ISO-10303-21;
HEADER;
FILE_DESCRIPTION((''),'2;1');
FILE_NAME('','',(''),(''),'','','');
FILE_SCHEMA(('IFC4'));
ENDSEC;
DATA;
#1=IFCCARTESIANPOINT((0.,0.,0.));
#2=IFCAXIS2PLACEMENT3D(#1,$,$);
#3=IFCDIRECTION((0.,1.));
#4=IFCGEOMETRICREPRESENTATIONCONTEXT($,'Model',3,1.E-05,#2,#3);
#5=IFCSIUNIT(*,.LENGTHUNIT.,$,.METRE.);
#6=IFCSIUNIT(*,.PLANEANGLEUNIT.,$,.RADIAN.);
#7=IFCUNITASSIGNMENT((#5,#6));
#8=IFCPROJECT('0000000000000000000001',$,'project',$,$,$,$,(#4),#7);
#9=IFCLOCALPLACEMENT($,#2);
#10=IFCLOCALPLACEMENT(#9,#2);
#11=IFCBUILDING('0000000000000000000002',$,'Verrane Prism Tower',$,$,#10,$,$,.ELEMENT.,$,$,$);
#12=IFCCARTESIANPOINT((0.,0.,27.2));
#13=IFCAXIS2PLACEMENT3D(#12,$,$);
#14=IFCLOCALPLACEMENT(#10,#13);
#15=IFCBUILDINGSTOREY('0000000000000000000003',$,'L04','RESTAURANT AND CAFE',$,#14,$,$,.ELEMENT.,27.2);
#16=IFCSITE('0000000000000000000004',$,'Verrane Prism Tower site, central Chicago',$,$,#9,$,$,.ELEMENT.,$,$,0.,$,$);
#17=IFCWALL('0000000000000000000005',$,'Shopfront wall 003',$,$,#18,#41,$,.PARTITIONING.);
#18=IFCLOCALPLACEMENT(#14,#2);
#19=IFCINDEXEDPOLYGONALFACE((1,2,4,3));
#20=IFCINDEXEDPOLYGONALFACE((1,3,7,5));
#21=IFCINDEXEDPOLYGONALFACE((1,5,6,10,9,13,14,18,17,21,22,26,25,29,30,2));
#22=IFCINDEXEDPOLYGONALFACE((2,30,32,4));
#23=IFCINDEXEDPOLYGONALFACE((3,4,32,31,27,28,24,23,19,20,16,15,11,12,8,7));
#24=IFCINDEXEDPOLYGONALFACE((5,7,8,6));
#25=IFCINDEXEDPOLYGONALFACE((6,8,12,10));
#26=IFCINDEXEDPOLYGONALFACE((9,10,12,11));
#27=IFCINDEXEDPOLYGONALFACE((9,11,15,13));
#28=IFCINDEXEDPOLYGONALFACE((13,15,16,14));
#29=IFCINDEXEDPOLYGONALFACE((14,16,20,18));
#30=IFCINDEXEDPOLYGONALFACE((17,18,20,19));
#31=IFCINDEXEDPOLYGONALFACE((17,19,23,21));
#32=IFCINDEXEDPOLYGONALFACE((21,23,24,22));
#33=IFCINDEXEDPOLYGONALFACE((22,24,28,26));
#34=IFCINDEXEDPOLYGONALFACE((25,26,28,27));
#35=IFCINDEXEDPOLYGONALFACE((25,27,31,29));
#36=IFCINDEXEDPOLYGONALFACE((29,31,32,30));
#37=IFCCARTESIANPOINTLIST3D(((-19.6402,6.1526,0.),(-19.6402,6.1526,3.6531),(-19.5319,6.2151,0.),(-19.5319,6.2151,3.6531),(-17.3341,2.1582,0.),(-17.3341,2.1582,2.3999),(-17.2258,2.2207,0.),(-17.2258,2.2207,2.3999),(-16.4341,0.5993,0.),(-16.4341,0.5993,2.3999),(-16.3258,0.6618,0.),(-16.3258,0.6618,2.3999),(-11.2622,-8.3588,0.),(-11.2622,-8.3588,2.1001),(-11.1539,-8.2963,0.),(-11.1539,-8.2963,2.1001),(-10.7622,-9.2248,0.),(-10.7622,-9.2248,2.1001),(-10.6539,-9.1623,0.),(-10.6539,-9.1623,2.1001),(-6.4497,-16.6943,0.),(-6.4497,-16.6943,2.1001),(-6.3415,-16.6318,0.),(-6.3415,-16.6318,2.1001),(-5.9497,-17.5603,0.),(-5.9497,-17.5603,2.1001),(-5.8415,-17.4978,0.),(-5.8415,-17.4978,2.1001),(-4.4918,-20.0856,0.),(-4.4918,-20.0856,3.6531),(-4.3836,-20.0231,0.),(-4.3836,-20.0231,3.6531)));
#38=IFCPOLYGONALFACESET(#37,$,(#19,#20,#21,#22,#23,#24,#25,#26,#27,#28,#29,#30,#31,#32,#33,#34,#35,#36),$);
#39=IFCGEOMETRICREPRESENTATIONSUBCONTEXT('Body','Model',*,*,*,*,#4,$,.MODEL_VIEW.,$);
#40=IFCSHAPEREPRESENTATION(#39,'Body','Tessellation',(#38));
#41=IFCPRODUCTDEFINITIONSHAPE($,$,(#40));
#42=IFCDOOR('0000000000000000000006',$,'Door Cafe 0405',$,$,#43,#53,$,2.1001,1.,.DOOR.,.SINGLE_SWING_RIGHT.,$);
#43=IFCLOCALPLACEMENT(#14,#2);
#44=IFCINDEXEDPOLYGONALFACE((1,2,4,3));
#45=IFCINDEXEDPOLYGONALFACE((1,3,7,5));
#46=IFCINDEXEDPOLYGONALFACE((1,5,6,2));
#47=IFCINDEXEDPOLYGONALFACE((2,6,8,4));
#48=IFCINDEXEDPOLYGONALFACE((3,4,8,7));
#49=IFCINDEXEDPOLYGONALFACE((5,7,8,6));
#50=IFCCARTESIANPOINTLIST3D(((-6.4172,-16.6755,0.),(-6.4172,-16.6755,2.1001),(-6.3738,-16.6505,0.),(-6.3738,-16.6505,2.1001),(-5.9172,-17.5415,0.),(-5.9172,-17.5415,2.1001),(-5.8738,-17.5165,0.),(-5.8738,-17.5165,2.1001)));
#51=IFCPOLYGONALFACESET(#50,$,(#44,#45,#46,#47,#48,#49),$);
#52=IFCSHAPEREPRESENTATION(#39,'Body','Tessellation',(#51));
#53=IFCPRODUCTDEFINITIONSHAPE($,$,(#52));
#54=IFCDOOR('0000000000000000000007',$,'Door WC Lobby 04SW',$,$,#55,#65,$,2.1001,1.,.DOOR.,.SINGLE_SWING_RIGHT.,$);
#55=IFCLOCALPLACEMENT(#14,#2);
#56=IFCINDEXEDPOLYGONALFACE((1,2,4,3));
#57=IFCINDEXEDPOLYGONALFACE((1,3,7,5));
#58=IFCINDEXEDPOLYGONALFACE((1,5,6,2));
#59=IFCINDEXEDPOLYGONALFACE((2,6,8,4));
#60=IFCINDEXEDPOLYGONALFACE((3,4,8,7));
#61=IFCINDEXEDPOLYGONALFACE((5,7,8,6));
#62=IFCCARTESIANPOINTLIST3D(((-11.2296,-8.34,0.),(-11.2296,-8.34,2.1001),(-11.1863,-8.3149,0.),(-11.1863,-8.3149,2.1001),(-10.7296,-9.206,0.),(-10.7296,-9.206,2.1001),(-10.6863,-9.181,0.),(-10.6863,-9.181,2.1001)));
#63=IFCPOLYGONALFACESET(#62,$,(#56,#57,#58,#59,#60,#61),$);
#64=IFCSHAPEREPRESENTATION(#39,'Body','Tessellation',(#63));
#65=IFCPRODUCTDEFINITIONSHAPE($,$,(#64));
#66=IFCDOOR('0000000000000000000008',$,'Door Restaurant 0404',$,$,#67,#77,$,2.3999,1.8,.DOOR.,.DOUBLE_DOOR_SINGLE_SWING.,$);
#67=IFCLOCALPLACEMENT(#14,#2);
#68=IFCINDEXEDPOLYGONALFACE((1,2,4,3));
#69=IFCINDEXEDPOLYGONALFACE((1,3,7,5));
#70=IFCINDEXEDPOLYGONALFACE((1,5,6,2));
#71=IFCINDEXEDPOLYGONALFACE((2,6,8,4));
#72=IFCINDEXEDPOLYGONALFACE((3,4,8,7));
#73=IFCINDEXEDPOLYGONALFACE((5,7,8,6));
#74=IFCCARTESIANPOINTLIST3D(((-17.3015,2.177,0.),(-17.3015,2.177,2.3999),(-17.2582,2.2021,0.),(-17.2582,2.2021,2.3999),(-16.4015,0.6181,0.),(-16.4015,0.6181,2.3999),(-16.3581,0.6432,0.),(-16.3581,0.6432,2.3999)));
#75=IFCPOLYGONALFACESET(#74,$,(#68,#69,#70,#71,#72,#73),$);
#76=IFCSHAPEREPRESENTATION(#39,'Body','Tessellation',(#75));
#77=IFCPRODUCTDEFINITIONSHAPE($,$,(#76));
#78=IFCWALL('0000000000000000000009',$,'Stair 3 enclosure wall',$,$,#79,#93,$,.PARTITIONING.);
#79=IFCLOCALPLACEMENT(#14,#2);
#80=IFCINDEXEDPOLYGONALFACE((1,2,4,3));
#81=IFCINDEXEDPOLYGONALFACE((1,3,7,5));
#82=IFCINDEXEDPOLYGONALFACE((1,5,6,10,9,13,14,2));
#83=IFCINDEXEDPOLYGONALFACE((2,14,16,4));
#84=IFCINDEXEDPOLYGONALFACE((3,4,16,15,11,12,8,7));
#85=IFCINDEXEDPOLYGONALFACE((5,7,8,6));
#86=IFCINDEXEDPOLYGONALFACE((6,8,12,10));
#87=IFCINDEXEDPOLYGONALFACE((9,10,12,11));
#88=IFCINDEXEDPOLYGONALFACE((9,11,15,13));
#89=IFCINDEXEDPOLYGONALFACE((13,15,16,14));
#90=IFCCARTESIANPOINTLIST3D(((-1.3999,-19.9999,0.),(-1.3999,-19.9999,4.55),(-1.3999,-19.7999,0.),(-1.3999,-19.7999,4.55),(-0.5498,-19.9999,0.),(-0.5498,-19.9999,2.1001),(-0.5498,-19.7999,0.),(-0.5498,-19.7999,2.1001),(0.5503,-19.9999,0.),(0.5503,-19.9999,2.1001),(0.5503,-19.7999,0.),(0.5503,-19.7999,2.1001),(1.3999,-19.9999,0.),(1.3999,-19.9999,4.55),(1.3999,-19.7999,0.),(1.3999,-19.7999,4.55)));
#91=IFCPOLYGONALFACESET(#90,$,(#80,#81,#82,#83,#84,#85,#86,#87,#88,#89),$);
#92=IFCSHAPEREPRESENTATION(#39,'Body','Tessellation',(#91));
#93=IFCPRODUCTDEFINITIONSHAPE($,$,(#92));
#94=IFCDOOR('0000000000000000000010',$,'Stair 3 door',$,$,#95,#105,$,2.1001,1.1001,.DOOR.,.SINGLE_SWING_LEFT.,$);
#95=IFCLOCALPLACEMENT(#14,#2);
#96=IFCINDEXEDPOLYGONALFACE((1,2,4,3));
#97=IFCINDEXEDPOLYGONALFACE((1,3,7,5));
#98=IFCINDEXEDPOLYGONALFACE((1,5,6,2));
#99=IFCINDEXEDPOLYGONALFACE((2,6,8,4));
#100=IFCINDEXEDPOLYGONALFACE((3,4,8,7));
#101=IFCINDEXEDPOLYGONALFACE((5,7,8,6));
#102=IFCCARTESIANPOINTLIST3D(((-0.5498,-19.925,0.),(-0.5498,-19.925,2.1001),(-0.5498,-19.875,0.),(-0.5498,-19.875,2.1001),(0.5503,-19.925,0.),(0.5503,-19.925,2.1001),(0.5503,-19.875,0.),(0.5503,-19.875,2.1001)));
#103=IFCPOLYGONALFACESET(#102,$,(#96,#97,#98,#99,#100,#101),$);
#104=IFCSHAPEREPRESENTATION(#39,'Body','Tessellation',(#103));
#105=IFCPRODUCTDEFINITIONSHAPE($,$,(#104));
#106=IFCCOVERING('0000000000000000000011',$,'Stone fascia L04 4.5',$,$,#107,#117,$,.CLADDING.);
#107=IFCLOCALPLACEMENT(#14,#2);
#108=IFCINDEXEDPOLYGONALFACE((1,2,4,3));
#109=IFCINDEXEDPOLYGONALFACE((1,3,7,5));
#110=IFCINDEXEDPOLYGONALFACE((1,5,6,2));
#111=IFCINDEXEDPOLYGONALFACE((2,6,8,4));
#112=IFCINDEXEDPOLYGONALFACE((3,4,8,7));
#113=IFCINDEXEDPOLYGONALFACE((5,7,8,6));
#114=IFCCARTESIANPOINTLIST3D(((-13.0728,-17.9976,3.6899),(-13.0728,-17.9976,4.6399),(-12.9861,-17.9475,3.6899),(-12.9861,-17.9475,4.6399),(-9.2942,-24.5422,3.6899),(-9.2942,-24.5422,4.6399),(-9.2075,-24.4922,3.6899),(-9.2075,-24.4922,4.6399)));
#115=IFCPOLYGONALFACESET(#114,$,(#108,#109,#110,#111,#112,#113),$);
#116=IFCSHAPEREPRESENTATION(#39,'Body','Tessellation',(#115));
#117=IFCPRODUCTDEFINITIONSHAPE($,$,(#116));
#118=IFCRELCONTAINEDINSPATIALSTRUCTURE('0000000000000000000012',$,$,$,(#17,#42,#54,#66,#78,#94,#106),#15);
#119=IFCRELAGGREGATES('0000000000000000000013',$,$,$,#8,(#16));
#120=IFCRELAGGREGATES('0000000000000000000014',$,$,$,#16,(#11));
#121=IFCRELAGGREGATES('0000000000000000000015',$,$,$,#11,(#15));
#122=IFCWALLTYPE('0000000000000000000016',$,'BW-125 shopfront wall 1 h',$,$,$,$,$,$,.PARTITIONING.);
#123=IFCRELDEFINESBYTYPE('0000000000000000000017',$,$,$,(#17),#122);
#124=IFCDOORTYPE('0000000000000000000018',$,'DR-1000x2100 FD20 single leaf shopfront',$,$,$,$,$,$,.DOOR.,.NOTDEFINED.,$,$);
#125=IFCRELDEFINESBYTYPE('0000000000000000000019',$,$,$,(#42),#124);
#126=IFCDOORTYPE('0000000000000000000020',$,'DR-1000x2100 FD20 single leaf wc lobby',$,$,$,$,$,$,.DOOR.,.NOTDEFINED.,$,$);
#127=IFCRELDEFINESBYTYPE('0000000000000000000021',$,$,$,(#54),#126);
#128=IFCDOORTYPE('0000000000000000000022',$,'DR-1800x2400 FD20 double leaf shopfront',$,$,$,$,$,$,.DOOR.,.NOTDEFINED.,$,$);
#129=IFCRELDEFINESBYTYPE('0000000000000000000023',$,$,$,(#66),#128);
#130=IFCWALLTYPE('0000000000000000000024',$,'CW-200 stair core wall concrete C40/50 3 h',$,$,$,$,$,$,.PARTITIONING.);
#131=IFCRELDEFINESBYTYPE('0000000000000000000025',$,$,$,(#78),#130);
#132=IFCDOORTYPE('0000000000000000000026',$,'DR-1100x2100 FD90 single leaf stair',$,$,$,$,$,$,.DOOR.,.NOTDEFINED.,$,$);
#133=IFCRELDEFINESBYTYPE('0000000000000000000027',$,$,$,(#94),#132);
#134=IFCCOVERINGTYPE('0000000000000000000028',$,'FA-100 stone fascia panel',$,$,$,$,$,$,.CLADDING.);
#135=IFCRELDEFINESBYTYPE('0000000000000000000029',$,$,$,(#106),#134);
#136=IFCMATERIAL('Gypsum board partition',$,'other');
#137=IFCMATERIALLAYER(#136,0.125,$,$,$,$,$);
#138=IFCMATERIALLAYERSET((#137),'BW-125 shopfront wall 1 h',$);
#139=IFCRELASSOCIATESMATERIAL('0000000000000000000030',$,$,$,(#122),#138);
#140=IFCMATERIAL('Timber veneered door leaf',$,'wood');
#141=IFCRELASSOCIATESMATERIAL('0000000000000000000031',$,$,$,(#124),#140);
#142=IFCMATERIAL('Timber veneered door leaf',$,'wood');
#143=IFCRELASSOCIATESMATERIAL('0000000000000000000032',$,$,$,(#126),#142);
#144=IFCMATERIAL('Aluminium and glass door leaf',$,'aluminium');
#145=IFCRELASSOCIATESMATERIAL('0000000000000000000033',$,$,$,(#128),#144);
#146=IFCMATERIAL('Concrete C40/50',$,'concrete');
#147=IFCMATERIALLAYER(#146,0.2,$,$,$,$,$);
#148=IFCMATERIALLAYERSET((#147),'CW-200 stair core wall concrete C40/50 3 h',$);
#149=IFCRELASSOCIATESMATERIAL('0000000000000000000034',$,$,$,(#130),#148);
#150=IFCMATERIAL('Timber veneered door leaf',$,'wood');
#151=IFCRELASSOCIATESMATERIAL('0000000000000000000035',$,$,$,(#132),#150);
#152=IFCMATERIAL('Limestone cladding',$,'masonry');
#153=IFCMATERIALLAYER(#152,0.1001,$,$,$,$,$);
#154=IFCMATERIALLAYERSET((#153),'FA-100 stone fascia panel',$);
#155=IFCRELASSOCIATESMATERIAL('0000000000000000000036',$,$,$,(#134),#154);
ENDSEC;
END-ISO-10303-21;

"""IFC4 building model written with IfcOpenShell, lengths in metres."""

from ifc_helpers import new_model, si_unit, direction, frame, frame_2d, origin, origin_2d, place, context, subcontext, project, spatial, rectangle, extrude, material, layer, layer_set, type_object, element, fill, save


model = new_model("IFC4")

# Units and contexts
model_context = context("Model", 3, precision=1e-05, world=origin(), true_north=direction((0.0, 1.0)))
body_context = subcontext(model_context, "Body", "Model", "MODEL_VIEW")
ifc_project = project(units=[si_unit("LENGTHUNIT", "METRE"), si_unit("PLANEANGLEUNIT", "RADIAN")], contexts=[model_context])

# Site, building, storey
site_placement = place(None, origin())
site = spatial("IfcSite", under=ifc_project, at=site_placement, Name="Verrane Prism Tower site, central Chicago", CompositionType="ELEMENT", RefElevation=0.0)
building_placement = place(site_placement, origin())
building = spatial("IfcBuilding", under=site, at=building_placement, Name="Verrane Prism Tower", CompositionType="ELEMENT")
storey_placement = place(building_placement, frame((0.0, 0.0, 27.2)))
storey = spatial("IfcBuildingStorey", under=building, at=storey_placement, Name="L04", Description="RESTAURANT AND CAFE", CompositionType="ELEMENT", Elevation=27.2)

# Wall, openings, doors
ifc_material_1 = material(Name="Gypsum board partition", Category="other")
ifc_layer_1 = layer(ifc_material_1, 0.125)
ifc_layer_set_1 = layer_set([ifc_layer_1], Name="BW-125 shopfront wall 1 h")
wall_type_1 = type_object("IfcWallType", Name="BW-125 shopfront wall 1 h", PredefinedType="PARTITIONING", material=ifc_layer_set_1)
wall_1_placement = place(storey_placement, frame((-4.4377, -20.0542, 0.0), z_axis=(0.0, 0.0, 1.0), x_axis=(-0.499994, 0.866029, 0.0)))
wall_1 = element("IfcWall", 1, at=wall_1_placement, inside=storey, type_object=wall_type_1, Name="Shopfront wall 003", PredefinedType="PARTITIONING", context=body_context, shape_type="SweptSolid", body=[
    extrude(rectangle(XDim=30.2971, YDim=0.125, at=frame_2d((15.1484, 0.0))), origin(), (0.0, 0.0, 1.0), 3.6531),
])
opening_1_placement = place(wall_1_placement, frame((23.8848, 0.0, 0.0)))
opening_1 = element("IfcOpeningElement", 2, at=opening_1_placement, cuts=wall_1, PredefinedType="OPENING", context=body_context, shape_type="SweptSolid", body=[
    extrude(rectangle(XDim=1.8, YDim=2.3999, at=frame_2d((0.8999, 1.2))), frame((0.0, 0.0725, 0.0), z_axis=(0.0, -1.0, 0.0), x_axis=(1.0, 0.0, 0.0)), (0.0, 0.0, 1.0), 0.145),
])
opening_2_placement = place(wall_1_placement, frame((12.5408, 0.0, 0.0)))
opening_2 = element("IfcOpeningElement", 3, at=opening_2_placement, cuts=wall_1, PredefinedType="OPENING", context=body_context, shape_type="SweptSolid", body=[
    extrude(rectangle(XDim=1.0, YDim=2.1001, at=frame_2d((0.5, 1.05))), frame((0.0, 0.0725, 0.0), z_axis=(0.0, -1.0, 0.0), x_axis=(1.0, 0.0, 0.0)), (0.0, 0.0, 1.0), 0.145),
])
opening_3_placement = place(wall_1_placement, frame((2.9158, 0.0, 0.0)))
opening_3 = element("IfcOpeningElement", 4, at=opening_3_placement, cuts=wall_1, PredefinedType="OPENING", context=body_context, shape_type="SweptSolid", body=[
    extrude(rectangle(XDim=1.0, YDim=2.1001, at=frame_2d((0.5, 1.05))), frame((0.0, 0.0725, 0.0), z_axis=(0.0, -1.0, 0.0), x_axis=(1.0, 0.0, 0.0)), (0.0, 0.0, 1.0), 0.145),
])
ifc_material_2 = material(Name="Timber veneered door leaf", Category="wood")
door_type_1 = type_object("IfcDoorType", Name="DR-1000x2100 FD20 single leaf shopfront", OperationType="NOTDEFINED", PredefinedType="DOOR", material=ifc_material_2)
door_1_placement = place(opening_3_placement, origin())
door_1 = element("IfcDoor", 5, at=door_1_placement, inside=storey, type_object=door_type_1, Name="Door Cafe 0405", OperationType="SINGLE_SWING_RIGHT", OverallHeight=2.1001, OverallWidth=1.0, PredefinedType="DOOR", context=body_context, shape_type="SweptSolid", body=[
    extrude(rectangle(XDim=1.0, YDim=2.1001, at=frame_2d((0.5, 1.05))), frame((0.0, 0.0249, 0.0), z_axis=(0.0, -1.0, 0.0), x_axis=(1.0, 0.0, 0.0)), (0.0, 0.0, 1.0), 0.05),
])
fill(opening_3, door_1)
ifc_material_3 = material(Name="Timber veneered door leaf", Category="wood")
door_type_2 = type_object("IfcDoorType", Name="DR-1000x2100 FD20 single leaf wc lobby", OperationType="NOTDEFINED", PredefinedType="DOOR", material=ifc_material_3)
door_2_placement = place(opening_2_placement, origin())
door_2 = element("IfcDoor", 6, at=door_2_placement, inside=storey, type_object=door_type_2, Name="Door WC Lobby 04SW", OperationType="SINGLE_SWING_RIGHT", OverallHeight=2.1001, OverallWidth=1.0, PredefinedType="DOOR", context=body_context, shape_type="SweptSolid", body=[
    extrude(rectangle(XDim=1.0, YDim=2.1001, at=frame_2d((0.5, 1.05))), frame((0.0, 0.0249, 0.0), z_axis=(0.0, -1.0, 0.0), x_axis=(1.0, 0.0, 0.0)), (0.0, 0.0, 1.0), 0.05),
])
fill(opening_2, door_2)
ifc_material_4 = material(Name="Aluminium and glass door leaf", Category="aluminium")
door_type_3 = type_object("IfcDoorType", Name="DR-1800x2400 FD20 double leaf shopfront", OperationType="NOTDEFINED", PredefinedType="DOOR", material=ifc_material_4)
door_3_placement = place(opening_1_placement, origin())
door_3 = element("IfcDoor", 7, at=door_3_placement, inside=storey, type_object=door_type_3, Name="Door Restaurant 0404", OperationType="DOUBLE_DOOR_SINGLE_SWING", OverallHeight=2.3999, OverallWidth=1.8, PredefinedType="DOOR", context=body_context, shape_type="SweptSolid", body=[
    extrude(rectangle(XDim=1.8, YDim=2.3999, at=frame_2d((0.8999, 1.2))), frame((0.0, 0.0249, 0.0), z_axis=(0.0, -1.0, 0.0), x_axis=(1.0, 0.0, 0.0)), (0.0, 0.0, 1.0), 0.05),
])
fill(opening_1, door_3)

# Wall, opening, door
ifc_material_5 = material(Name="Concrete C40/50", Category="concrete")
ifc_layer_2 = layer(ifc_material_5, 0.2)
ifc_layer_set_2 = layer_set([ifc_layer_2], Name="CW-200 stair core wall concrete C40/50 3 h")
wall_type_2 = type_object("IfcWallType", Name="CW-200 stair core wall concrete C40/50 3 h", PredefinedType="PARTITIONING", material=ifc_layer_set_2)
wall_2_placement = place(storey_placement, frame((-1.3999, -19.8999, 0.0), z_axis=(0.0, 0.0, 1.0), x_axis=(1.0, 0.0, 0.0)))
wall_2 = element("IfcWall", 8, at=wall_2_placement, inside=storey, type_object=wall_type_2, Name="Stair 3 enclosure wall", PredefinedType="PARTITIONING", context=body_context, shape_type="SweptSolid", body=[
    extrude(rectangle(XDim=2.7998, YDim=0.2, at=frame_2d((1.3999, 0.0))), origin(), (0.0, 0.0, 1.0), 4.55),
])
opening_4_placement = place(wall_2_placement, frame((0.8501, 0.0, 0.0)))
opening_4 = element("IfcOpeningElement", 9, at=opening_4_placement, cuts=wall_2, PredefinedType="OPENING", context=body_context, shape_type="SweptSolid", body=[
    extrude(rectangle(XDim=1.1001, YDim=2.1001, at=frame_2d((0.55, 1.05))), frame((0.0, 0.1099, 0.0), z_axis=(0.0, -1.0, 0.0), x_axis=(1.0, 0.0, 0.0)), (0.0, 0.0, 1.0), 0.22),
])
ifc_material_6 = material(Name="Timber veneered door leaf", Category="wood")
door_type_4 = type_object("IfcDoorType", Name="DR-1100x2100 FD90 single leaf stair", OperationType="NOTDEFINED", PredefinedType="DOOR", material=ifc_material_6)
door_4_placement = place(opening_4_placement, origin())
door_4 = element("IfcDoor", 10, at=door_4_placement, inside=storey, type_object=door_type_4, Name="Stair 3 door", OperationType="SINGLE_SWING_LEFT", OverallHeight=2.1001, OverallWidth=1.1001, PredefinedType="DOOR", context=body_context, shape_type="SweptSolid", body=[
    extrude(rectangle(XDim=1.1001, YDim=2.1001, at=frame_2d((0.55, 1.05))), frame((0.0, 0.0249, 0.0), z_axis=(0.0, -1.0, 0.0), x_axis=(1.0, 0.0, 0.0)), (0.0, 0.0, 1.0), 0.05),
])
fill(opening_4, door_4)

# Covering
ifc_material_7 = material(Name="Limestone cladding", Category="masonry")
ifc_layer_3 = layer(ifc_material_7, 0.1001)
ifc_layer_set_3 = layer_set([ifc_layer_3], Name="FA-100 stone fascia panel")
covering_type = type_object("IfcCoveringType", Name="FA-100 stone fascia panel", PredefinedType="CLADDING", material=ifc_layer_set_3)
covering_placement = place(storey_placement, frame((-11.1401, -21.2449, 3.6899), z_axis=(0.0, 0.0, 1.0), x_axis=(0.5, -0.866025, 0.0)))
element("IfcCovering", 11, at=covering_placement, inside=storey, type_object=covering_type, Name="Stone fascia L04 4.5", PredefinedType="CLADDING", context=body_context, shape_type="SweptSolid", body=[
    extrude(rectangle(XDim=7.5571, YDim=0.1001, at=origin_2d()), origin(), (0.0, 0.0, 1.0), 0.95),
])

save(model, "model.ifc")
